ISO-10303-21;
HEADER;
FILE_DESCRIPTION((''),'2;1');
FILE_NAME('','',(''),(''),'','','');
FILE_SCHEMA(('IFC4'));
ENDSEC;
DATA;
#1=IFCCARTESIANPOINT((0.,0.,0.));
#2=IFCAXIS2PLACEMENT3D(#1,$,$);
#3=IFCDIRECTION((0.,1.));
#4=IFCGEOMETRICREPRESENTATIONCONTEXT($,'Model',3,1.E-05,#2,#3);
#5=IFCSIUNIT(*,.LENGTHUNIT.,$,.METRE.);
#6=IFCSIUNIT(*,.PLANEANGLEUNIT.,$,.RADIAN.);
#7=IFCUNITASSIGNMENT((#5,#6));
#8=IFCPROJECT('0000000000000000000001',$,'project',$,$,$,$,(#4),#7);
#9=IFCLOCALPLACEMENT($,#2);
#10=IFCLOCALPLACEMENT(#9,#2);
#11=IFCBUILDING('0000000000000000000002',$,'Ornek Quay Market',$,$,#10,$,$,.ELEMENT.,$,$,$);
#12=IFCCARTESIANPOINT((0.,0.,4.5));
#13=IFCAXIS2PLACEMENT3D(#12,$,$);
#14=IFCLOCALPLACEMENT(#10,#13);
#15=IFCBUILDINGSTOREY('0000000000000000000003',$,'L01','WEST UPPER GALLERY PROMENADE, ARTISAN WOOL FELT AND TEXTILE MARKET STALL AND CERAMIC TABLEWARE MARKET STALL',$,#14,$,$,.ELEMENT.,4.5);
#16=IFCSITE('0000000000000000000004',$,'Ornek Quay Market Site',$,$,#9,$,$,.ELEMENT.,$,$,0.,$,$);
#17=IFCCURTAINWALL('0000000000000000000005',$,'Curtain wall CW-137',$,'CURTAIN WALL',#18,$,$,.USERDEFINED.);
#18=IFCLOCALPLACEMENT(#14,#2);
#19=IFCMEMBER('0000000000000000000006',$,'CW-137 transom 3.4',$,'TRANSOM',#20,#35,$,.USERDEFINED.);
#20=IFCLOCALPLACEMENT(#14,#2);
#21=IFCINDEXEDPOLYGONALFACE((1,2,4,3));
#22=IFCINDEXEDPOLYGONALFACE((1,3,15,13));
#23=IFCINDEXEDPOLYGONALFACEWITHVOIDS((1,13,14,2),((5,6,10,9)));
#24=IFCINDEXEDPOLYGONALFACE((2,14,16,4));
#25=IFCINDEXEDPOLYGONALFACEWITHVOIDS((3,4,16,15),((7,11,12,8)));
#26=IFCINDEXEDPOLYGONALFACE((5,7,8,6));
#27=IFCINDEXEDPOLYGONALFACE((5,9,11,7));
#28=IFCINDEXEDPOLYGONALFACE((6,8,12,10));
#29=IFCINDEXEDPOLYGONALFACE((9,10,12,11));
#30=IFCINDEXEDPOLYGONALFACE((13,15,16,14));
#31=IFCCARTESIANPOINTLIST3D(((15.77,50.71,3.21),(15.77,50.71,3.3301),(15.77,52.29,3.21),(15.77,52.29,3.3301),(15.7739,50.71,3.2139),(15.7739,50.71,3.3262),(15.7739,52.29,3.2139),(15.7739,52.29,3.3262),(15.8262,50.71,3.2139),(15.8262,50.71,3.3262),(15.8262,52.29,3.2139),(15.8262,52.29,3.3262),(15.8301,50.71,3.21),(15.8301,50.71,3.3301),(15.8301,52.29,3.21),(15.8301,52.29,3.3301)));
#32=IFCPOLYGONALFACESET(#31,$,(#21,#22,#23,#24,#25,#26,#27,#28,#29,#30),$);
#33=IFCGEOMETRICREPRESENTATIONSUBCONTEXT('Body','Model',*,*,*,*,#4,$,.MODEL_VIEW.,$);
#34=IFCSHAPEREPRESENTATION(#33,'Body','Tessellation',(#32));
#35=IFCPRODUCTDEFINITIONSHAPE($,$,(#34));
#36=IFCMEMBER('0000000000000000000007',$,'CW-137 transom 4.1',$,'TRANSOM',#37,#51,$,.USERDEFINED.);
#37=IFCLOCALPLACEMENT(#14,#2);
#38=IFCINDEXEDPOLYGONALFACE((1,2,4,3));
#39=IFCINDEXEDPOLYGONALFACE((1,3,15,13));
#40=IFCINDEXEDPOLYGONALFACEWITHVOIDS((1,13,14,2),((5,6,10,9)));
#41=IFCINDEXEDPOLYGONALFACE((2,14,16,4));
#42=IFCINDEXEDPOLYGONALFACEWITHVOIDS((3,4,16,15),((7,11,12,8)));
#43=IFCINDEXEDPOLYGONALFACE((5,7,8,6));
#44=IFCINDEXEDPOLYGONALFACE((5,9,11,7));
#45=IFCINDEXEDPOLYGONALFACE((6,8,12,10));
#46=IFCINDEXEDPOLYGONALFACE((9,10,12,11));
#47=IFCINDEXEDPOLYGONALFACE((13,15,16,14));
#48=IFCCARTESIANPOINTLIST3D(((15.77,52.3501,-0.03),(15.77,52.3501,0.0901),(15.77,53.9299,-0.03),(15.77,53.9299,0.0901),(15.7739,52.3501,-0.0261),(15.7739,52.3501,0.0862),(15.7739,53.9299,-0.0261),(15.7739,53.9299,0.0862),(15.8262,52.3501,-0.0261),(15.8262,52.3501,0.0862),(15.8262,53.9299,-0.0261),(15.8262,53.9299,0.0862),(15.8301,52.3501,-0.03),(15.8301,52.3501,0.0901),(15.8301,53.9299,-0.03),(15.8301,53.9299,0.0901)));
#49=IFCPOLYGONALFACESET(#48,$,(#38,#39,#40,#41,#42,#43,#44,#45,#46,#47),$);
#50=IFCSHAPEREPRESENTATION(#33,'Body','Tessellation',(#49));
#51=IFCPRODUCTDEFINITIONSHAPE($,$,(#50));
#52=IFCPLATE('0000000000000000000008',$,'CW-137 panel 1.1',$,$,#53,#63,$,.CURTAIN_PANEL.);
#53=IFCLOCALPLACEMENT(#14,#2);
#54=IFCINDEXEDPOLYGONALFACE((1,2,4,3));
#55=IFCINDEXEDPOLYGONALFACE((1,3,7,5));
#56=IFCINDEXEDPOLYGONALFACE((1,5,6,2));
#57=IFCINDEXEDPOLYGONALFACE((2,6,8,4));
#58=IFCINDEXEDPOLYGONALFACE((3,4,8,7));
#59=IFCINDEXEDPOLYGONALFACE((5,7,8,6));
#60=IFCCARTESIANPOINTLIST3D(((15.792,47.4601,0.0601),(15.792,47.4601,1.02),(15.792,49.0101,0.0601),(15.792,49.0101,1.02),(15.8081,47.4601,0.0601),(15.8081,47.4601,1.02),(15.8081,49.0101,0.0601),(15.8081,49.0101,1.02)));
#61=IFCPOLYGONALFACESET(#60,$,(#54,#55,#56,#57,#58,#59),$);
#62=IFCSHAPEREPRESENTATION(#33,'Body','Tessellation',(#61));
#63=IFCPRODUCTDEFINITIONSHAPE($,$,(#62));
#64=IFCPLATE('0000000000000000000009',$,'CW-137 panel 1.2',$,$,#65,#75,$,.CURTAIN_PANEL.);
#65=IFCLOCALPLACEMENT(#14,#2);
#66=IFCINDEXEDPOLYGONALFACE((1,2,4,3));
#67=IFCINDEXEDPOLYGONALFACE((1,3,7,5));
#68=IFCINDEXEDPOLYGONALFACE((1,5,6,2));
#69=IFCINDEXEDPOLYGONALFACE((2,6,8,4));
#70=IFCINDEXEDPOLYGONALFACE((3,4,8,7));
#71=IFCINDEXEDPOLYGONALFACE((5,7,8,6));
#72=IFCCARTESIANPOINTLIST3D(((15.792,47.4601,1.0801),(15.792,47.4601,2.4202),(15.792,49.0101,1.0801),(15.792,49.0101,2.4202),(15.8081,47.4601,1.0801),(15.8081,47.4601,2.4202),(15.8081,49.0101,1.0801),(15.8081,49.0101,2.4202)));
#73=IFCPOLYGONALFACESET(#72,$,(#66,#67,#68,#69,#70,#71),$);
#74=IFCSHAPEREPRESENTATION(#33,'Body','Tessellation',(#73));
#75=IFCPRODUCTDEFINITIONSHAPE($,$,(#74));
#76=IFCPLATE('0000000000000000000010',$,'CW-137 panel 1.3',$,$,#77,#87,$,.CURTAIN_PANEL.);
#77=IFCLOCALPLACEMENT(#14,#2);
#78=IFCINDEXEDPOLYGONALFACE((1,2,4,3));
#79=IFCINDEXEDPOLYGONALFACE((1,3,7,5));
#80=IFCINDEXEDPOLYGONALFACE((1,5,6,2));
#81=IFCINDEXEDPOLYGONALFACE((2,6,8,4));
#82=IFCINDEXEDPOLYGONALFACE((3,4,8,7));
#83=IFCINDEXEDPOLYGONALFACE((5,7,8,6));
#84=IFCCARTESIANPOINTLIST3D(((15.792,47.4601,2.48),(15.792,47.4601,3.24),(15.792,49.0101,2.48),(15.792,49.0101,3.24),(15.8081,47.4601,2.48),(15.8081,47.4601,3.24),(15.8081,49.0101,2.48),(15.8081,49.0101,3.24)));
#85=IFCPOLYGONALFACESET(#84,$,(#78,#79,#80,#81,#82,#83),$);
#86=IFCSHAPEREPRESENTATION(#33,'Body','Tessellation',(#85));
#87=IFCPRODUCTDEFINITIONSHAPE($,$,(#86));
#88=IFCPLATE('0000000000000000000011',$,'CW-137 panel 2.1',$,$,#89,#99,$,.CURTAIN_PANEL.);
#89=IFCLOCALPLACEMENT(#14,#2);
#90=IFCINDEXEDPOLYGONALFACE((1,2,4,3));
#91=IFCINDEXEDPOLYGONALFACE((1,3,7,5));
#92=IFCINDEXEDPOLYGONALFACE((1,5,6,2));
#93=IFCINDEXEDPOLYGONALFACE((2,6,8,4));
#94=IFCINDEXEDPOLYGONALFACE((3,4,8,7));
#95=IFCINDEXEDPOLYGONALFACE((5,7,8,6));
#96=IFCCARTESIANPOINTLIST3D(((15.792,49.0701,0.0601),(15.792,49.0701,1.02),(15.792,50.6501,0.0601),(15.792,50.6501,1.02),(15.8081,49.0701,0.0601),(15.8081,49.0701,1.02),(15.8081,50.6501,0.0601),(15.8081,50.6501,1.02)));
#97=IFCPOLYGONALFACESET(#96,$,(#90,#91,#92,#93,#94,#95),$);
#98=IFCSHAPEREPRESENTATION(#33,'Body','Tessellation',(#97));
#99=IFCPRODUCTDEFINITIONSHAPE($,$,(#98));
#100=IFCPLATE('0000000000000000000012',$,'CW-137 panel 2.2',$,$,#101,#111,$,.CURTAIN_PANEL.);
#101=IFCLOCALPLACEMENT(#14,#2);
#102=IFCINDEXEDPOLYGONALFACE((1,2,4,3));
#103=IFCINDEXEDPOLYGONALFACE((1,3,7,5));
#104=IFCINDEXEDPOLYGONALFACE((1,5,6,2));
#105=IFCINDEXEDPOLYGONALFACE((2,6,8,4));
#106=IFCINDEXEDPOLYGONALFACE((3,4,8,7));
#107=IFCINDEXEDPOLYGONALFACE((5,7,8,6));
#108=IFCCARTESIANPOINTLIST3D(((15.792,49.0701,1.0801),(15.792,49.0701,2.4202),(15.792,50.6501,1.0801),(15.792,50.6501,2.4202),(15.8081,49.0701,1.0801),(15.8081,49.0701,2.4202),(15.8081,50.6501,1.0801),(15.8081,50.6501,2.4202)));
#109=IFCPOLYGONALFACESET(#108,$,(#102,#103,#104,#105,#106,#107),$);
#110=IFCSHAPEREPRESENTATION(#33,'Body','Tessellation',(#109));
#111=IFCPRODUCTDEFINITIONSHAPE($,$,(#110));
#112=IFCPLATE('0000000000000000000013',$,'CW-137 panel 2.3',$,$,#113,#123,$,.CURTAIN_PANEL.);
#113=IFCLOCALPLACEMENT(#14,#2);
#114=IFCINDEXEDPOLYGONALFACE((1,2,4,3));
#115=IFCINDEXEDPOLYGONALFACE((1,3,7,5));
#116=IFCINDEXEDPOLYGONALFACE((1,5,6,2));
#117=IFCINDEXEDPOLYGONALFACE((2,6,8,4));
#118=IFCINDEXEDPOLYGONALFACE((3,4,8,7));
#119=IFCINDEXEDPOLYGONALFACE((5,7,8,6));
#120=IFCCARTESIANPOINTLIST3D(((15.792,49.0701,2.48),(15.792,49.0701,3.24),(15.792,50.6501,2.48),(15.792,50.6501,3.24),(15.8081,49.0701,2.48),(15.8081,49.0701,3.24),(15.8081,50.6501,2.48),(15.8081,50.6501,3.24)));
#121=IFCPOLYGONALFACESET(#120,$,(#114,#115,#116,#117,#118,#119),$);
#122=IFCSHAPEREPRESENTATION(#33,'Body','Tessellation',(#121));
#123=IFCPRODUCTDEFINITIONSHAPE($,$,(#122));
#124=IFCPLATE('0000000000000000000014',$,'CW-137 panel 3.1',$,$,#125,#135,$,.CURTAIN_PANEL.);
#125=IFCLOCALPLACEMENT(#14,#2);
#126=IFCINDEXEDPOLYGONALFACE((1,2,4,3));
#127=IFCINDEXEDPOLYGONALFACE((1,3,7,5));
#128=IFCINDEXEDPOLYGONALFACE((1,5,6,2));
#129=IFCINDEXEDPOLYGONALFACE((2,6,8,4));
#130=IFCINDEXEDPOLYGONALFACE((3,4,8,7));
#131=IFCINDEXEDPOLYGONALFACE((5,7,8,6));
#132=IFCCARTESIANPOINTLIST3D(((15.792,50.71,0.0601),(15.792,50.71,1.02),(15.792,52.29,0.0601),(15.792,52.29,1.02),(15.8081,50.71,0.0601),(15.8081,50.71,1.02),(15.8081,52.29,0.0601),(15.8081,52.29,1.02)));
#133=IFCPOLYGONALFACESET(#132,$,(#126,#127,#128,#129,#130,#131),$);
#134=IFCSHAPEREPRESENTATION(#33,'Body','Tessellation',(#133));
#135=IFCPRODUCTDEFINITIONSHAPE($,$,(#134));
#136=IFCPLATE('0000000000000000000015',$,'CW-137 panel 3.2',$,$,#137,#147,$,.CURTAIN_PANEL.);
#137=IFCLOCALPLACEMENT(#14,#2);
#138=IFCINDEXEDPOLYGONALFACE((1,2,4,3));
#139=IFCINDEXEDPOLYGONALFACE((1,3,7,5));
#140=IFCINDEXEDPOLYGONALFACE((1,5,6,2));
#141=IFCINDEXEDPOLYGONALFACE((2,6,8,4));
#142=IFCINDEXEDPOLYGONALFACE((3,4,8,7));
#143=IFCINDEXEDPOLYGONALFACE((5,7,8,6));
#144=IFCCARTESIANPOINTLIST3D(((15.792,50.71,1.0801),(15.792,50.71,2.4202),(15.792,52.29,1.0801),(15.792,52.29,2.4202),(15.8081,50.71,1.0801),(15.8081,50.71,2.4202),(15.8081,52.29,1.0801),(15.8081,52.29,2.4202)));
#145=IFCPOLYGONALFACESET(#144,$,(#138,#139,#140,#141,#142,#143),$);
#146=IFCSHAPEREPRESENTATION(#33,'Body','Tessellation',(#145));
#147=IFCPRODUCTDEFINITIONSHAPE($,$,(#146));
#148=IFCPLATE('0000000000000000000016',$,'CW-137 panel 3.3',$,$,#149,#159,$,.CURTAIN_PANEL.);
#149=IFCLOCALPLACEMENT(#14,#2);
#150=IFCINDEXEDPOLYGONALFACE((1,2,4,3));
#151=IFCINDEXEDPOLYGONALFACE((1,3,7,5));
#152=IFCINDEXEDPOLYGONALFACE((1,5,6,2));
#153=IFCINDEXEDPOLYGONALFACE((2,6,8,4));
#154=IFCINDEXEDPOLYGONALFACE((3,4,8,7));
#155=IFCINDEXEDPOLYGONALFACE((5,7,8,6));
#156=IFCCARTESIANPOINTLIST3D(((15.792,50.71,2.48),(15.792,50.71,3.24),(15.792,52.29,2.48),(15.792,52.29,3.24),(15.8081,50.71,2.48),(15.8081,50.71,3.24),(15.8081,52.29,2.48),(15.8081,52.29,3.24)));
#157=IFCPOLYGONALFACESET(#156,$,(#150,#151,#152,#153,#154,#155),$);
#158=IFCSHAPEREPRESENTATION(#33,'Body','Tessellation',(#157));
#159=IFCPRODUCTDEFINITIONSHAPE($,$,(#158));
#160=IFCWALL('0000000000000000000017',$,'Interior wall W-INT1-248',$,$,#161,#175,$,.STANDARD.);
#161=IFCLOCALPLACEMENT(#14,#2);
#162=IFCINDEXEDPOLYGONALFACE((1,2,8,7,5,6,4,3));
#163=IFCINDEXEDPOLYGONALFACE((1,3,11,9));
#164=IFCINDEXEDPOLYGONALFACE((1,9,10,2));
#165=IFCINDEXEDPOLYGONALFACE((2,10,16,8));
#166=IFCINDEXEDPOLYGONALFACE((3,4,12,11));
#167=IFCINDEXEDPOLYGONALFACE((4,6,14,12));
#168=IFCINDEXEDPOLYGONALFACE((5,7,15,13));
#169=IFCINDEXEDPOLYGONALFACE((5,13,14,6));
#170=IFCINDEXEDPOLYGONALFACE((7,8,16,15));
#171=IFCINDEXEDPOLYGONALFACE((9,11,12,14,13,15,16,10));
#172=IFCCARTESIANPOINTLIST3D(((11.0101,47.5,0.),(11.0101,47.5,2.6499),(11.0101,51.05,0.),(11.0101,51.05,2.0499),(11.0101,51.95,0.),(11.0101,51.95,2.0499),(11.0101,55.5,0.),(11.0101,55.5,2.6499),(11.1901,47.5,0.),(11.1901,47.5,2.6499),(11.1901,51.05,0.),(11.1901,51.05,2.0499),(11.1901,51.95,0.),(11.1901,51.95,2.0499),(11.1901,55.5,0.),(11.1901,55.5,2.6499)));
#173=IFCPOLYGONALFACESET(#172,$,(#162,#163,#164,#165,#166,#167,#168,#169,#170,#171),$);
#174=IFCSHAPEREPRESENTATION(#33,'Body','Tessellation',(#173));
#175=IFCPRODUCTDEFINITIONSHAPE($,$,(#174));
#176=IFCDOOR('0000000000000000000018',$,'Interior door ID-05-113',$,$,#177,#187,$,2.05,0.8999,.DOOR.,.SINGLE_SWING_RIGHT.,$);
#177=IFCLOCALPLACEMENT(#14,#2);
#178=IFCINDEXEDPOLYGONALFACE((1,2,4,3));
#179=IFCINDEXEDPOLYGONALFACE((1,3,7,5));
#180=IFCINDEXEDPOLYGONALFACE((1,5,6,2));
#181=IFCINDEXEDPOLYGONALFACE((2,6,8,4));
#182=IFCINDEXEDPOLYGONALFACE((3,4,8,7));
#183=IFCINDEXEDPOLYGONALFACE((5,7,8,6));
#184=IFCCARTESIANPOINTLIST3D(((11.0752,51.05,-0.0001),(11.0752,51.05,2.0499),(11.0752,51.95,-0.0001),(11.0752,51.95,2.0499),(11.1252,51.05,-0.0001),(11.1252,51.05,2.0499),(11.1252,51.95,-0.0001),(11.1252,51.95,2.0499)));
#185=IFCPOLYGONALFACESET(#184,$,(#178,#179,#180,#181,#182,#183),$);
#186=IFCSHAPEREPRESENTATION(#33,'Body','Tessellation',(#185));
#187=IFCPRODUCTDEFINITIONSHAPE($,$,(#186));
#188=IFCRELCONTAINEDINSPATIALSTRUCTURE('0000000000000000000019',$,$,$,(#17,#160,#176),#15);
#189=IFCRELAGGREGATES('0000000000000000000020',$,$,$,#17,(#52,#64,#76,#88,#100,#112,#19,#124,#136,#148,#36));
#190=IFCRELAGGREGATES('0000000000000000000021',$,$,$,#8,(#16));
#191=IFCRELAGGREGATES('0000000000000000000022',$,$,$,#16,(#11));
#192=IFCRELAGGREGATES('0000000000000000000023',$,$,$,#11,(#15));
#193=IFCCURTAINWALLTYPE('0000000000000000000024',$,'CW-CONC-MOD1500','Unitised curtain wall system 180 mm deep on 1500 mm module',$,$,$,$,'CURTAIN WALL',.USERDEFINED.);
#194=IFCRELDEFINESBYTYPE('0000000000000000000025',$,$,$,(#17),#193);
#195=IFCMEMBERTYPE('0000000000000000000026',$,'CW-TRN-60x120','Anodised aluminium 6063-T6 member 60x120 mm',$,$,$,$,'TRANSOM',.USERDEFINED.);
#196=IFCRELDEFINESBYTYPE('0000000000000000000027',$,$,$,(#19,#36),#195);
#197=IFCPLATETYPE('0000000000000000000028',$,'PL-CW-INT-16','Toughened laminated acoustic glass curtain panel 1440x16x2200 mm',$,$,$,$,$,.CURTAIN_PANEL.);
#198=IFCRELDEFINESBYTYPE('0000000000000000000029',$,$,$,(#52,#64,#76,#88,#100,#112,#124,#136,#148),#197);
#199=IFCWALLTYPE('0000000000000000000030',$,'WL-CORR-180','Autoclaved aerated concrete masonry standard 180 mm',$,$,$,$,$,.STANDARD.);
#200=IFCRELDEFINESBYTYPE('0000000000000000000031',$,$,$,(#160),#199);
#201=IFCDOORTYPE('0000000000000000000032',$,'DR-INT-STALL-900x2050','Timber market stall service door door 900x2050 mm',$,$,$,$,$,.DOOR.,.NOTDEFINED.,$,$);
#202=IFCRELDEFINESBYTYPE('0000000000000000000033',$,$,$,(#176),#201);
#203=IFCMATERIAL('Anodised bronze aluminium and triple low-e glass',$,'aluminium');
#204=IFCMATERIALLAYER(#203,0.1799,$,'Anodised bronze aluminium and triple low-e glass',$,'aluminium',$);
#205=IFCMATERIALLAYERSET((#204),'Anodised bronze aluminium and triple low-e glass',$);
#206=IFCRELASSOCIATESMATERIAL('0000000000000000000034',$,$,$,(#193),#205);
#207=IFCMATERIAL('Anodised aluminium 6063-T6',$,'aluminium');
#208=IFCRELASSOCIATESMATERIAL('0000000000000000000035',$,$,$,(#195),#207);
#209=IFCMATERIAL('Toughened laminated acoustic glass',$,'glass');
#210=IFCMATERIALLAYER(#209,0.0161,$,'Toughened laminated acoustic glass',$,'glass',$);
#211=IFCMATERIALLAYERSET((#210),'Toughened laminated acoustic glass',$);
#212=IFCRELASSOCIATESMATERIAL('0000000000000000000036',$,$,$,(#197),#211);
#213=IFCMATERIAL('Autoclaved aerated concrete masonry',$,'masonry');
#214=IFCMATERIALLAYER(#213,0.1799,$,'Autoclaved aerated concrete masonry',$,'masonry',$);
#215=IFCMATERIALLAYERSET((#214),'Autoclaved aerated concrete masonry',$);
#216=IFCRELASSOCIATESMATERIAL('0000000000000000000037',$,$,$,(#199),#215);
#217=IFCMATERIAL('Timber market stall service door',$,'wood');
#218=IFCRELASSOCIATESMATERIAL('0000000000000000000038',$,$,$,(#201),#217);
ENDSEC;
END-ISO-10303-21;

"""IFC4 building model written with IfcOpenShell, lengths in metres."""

from ifc_helpers import new_model, si_unit, direction, frame, frame_2d, origin, origin_2d, place, context, subcontext, project, spatial, rectangle, hollow_rectangle, extrude, material, layer, layer_set, material_profile, profile_set, type_object, element, fill, aggregate, save


model = new_model("IFC4")

# Units and contexts
model_context = context("Model", 3, precision=1e-05, world=origin(), true_north=direction((0.0, 1.0)))
body_context = subcontext(model_context, "Body", "Model", "MODEL_VIEW")
ifc_project = project(units=[si_unit("LENGTHUNIT", "METRE"), si_unit("PLANEANGLEUNIT", "RADIAN")], contexts=[model_context])

# Site, building, storey
site_placement = place(None, origin())
site = spatial("IfcSite", under=ifc_project, at=site_placement, Name="Ornek Quay Market Site", CompositionType="ELEMENT", RefElevation=0.0)
building_placement = place(site_placement, origin())
building = spatial("IfcBuilding", under=site, at=building_placement, Name="Ornek Quay Market", CompositionType="ELEMENT")
storey_placement = place(building_placement, frame((0.0, 0.0, 4.5)))
storey = spatial("IfcBuildingStorey", under=building, at=storey_placement, Name="L01", Description="WEST UPPER GALLERY PROMENADE, ARTISAN WOOL FELT AND TEXTILE MARKET STALL AND CERAMIC TABLEWARE MARKET STALL", CompositionType="ELEMENT", Elevation=4.5)

# Curtain wall, members, plates
ifc_material_1 = material(Name="Anodised bronze aluminium and triple low-e glass", Category="aluminium")
ifc_layer_1 = layer(ifc_material_1, 0.1799, Name="Anodised bronze aluminium and triple low-e glass", Category="aluminium")
ifc_layer_set_1 = layer_set([ifc_layer_1], Name="Anodised bronze aluminium and triple low-e glass")
curtain_wall_type = type_object("IfcCurtainWallType", Name="CW-CONC-MOD1500", Description="Unitised curtain wall system 180 mm deep on 1500 mm module", ElementType="CURTAIN WALL", PredefinedType="USERDEFINED", material=ifc_layer_set_1)
curtain_wall_placement = place(storey_placement, origin())
curtain_wall = element("IfcCurtainWall", 1, at=curtain_wall_placement, inside=storey, type_object=curtain_wall_type, Name="Curtain wall CW-137", ObjectType="CURTAIN WALL", PredefinedType="USERDEFINED")
ifc_material_2 = material(Name="Anodised aluminium 6063-T6", Category="aluminium")
ifc_material_profile_1 = material_profile(ifc_material_2, hollow_rectangle(XDim=0.0601, YDim=0.1201, WallThickness=0.0039, at=origin_2d()), Name="CW-TRN-60x120", Category="aluminium")
ifc_profile_set_1 = profile_set([ifc_material_profile_1], Name="Anodised aluminium 6063-T6")
member_type_1 = type_object("IfcMemberType", Name="CW-TRN-60x120", Description="Anodised aluminium 6063-T6 member 60x120 mm", ElementType="TRANSOM", PredefinedType="USERDEFINED", material=ifc_profile_set_1)
member_1_placement = place(storey_placement, frame((15.8, 50.71, 3.27), z_axis=(0.0, 1.0, 0.0), x_axis=(-1.0, 0.0, 0.0)))
member_1 = element("IfcMember", 2, at=member_1_placement, type_object=member_type_1, Name="CW-137 transom 3.4", ObjectType="TRANSOM", PredefinedType="USERDEFINED", context=body_context, shape_type="SweptSolid", body=[
    extrude(hollow_rectangle(XDim=0.0601, YDim=0.1201, WallThickness=0.0039, at=origin_2d()), origin(), (0.0, 0.0, 1.0), 1.5801),
])
member_2_placement = place(storey_placement, frame((15.8, 52.3501, 0.03), z_axis=(0.0, 1.0, 0.0), x_axis=(-1.0, 0.0, 0.0)))
member_2 = element("IfcMember", 3, at=member_2_placement, type_object=member_type_1, Name="CW-137 transom 4.1", ObjectType="TRANSOM", PredefinedType="USERDEFINED", context=body_context, shape_type="SweptSolid", body=[
    extrude(hollow_rectangle(XDim=0.0601, YDim=0.1201, WallThickness=0.0039, at=origin_2d()), origin(), (0.0, 0.0, 1.0), 1.5798),
])
ifc_material_3 = material(Name="Toughened laminated acoustic glass", Category="glass")
ifc_layer_2 = layer(ifc_material_3, 0.0161, Name="Toughened laminated acoustic glass", Category="glass")
ifc_layer_set_2 = layer_set([ifc_layer_2], Name="Toughened laminated acoustic glass")
plate_type = type_object("IfcPlateType", Name="PL-CW-INT-16", Description="Toughened laminated acoustic glass curtain panel 1440x16x2200 mm", PredefinedType="CURTAIN_PANEL", material=ifc_layer_set_2)
plate_1_placement = place(storey_placement, frame((15.8, 48.2351, 0.0601), z_axis=(0.0, 0.0, 1.0), x_axis=(0.0, 1.0, 0.0)))
plate_1 = element("IfcPlate", 4, at=plate_1_placement, type_object=plate_type, Name="CW-137 panel 1.1", PredefinedType="CURTAIN_PANEL", context=body_context, shape_type="SweptSolid", body=[
    extrude(rectangle(XDim=1.55, YDim=0.0161, at=origin_2d()), origin(), (0.0, 0.0, 1.0), 0.96),
])
plate_2_placement = place(storey_placement, frame((15.8, 48.2351, 1.0801), z_axis=(0.0, 0.0, 1.0), x_axis=(0.0, 1.0, 0.0)))
plate_2 = element("IfcPlate", 5, at=plate_2_placement, type_object=plate_type, Name="CW-137 panel 1.2", PredefinedType="CURTAIN_PANEL", context=body_context, shape_type="SweptSolid", body=[
    extrude(rectangle(XDim=1.55, YDim=0.0161, at=origin_2d()), origin(), (0.0, 0.0, 1.0), 1.3401),
])
plate_3_placement = place(storey_placement, frame((15.8, 48.2351, 2.48), z_axis=(0.0, 0.0, 1.0), x_axis=(0.0, 1.0, 0.0)))
plate_3 = element("IfcPlate", 6, at=plate_3_placement, type_object=plate_type, Name="CW-137 panel 1.3", PredefinedType="CURTAIN_PANEL", context=body_context, shape_type="SweptSolid", body=[
    extrude(rectangle(XDim=1.55, YDim=0.0161, at=origin_2d()), origin(), (0.0, 0.0, 1.0), 0.76),
])
plate_4_placement = place(storey_placement, frame((15.8, 49.8601, 0.0601), z_axis=(0.0, 0.0, 1.0), x_axis=(0.0, 1.0, 0.0)))
plate_4 = element("IfcPlate", 7, at=plate_4_placement, type_object=plate_type, Name="CW-137 panel 2.1", PredefinedType="CURTAIN_PANEL", context=body_context, shape_type="SweptSolid", body=[
    extrude(rectangle(XDim=1.5801, YDim=0.0161, at=origin_2d()), origin(), (0.0, 0.0, 1.0), 0.96),
])
plate_5_placement = place(storey_placement, frame((15.8, 49.8601, 1.0801), z_axis=(0.0, 0.0, 1.0), x_axis=(0.0, 1.0, 0.0)))
plate_5 = element("IfcPlate", 8, at=plate_5_placement, type_object=plate_type, Name="CW-137 panel 2.2", PredefinedType="CURTAIN_PANEL", context=body_context, shape_type="SweptSolid", body=[
    extrude(rectangle(XDim=1.5801, YDim=0.0161, at=origin_2d()), origin(), (0.0, 0.0, 1.0), 1.3401),
])
plate_6_placement = place(storey_placement, frame((15.8, 49.8601, 2.48), z_axis=(0.0, 0.0, 1.0), x_axis=(0.0, 1.0, 0.0)))
plate_6 = element("IfcPlate", 9, at=plate_6_placement, type_object=plate_type, Name="CW-137 panel 2.3", PredefinedType="CURTAIN_PANEL", context=body_context, shape_type="SweptSolid", body=[
    extrude(rectangle(XDim=1.5801, YDim=0.0161, at=origin_2d()), origin(), (0.0, 0.0, 1.0), 0.76),
])
plate_7_placement = place(storey_placement, frame((15.8, 51.5, 0.0601), z_axis=(0.0, 0.0, 1.0), x_axis=(0.0, 1.0, 0.0)))
plate_7 = element("IfcPlate", 10, at=plate_7_placement, type_object=plate_type, Name="CW-137 panel 3.1", PredefinedType="CURTAIN_PANEL", context=body_context, shape_type="SweptSolid", body=[
    extrude(rectangle(XDim=1.5801, YDim=0.0161, at=origin_2d()), origin(), (0.0, 0.0, 1.0), 0.96),
])
plate_8_placement = place(storey_placement, frame((15.8, 51.5, 1.0801), z_axis=(0.0, 0.0, 1.0), x_axis=(0.0, 1.0, 0.0)))
plate_8 = element("IfcPlate", 11, at=plate_8_placement, type_object=plate_type, Name="CW-137 panel 3.2", PredefinedType="CURTAIN_PANEL", context=body_context, shape_type="SweptSolid", body=[
    extrude(rectangle(XDim=1.5801, YDim=0.0161, at=origin_2d()), origin(), (0.0, 0.0, 1.0), 1.3401),
])
plate_9_placement = place(storey_placement, frame((15.8, 51.5, 2.48), z_axis=(0.0, 0.0, 1.0), x_axis=(0.0, 1.0, 0.0)))
plate_9 = element("IfcPlate", 12, at=plate_9_placement, type_object=plate_type, Name="CW-137 panel 3.3", PredefinedType="CURTAIN_PANEL", context=body_context, shape_type="SweptSolid", body=[
    extrude(rectangle(XDim=1.5801, YDim=0.0161, at=origin_2d()), origin(), (0.0, 0.0, 1.0), 0.76),
])
aggregate(curtain_wall, [plate_1, plate_2, plate_3, plate_4, plate_5, plate_6, member_1, plate_7, plate_8, plate_9, member_2])

# Wall, opening, door
ifc_material_4 = material(Name="Autoclaved aerated concrete masonry", Category="masonry")
ifc_layer_3 = layer(ifc_material_4, 0.1799, Name="Autoclaved aerated concrete masonry", Category="masonry")
ifc_layer_set_3 = layer_set([ifc_layer_3], Name="Autoclaved aerated concrete masonry")
wall_type = type_object("IfcWallType", Name="WL-CORR-180", Description="Autoclaved aerated concrete masonry standard 180 mm", PredefinedType="STANDARD", material=ifc_layer_set_3)
wall_placement = place(storey_placement, frame((11.1001, 47.5, 0.0), z_axis=(0.0, 0.0, 1.0), x_axis=(0.0, 1.0, 0.0)))
wall = element("IfcWall", 13, at=wall_placement, inside=storey, type_object=wall_type, Name="Interior wall W-INT1-248", PredefinedType="STANDARD", context=body_context, shape_type="SweptSolid", body=[
    extrude(rectangle(XDim=8.0, YDim=0.1799, at=frame_2d((4.0, 0.0))), origin(), (0.0, 0.0, 1.0), 2.6499),
])
opening_placement = place(wall_placement, frame((3.55, 0.0, 0.0)))
opening = element("IfcOpeningElement", 14, at=opening_placement, cuts=wall, PredefinedType="OPENING", context=body_context, shape_type="SweptSolid", body=[
    extrude(rectangle(XDim=0.8999, YDim=2.05, at=frame_2d((0.45, 1.0249))), frame((0.0, 0.0999, 0.0), z_axis=(0.0, -1.0, 0.0), x_axis=(1.0, 0.0, 0.0)), (0.0, 0.0, 1.0), 0.2),
])
ifc_material_5 = material(Name="Timber market stall service door", Category="wood")
door_type = type_object("IfcDoorType", Name="DR-INT-STALL-900x2050", Description="Timber market stall service door door 900x2050 mm", OperationType="NOTDEFINED", PredefinedType="DOOR", material=ifc_material_5)
door_placement = place(opening_placement, origin())
door = element("IfcDoor", 15, at=door_placement, inside=storey, type_object=door_type, Name="Interior door ID-05-113", OperationType="SINGLE_SWING_RIGHT", OverallHeight=2.05, OverallWidth=0.8999, PredefinedType="DOOR", context=body_context, shape_type="SweptSolid", body=[
    extrude(rectangle(XDim=0.8999, YDim=2.05, at=frame_2d((0.45, 1.0249))), frame((0.0, 0.0249, 0.0), z_axis=(0.0, -1.0, 0.0), x_axis=(1.0, 0.0, 0.0)), (0.0, 0.0, 1.0), 0.05),
])
fill(opening, door)

save(model, "model.ifc")
